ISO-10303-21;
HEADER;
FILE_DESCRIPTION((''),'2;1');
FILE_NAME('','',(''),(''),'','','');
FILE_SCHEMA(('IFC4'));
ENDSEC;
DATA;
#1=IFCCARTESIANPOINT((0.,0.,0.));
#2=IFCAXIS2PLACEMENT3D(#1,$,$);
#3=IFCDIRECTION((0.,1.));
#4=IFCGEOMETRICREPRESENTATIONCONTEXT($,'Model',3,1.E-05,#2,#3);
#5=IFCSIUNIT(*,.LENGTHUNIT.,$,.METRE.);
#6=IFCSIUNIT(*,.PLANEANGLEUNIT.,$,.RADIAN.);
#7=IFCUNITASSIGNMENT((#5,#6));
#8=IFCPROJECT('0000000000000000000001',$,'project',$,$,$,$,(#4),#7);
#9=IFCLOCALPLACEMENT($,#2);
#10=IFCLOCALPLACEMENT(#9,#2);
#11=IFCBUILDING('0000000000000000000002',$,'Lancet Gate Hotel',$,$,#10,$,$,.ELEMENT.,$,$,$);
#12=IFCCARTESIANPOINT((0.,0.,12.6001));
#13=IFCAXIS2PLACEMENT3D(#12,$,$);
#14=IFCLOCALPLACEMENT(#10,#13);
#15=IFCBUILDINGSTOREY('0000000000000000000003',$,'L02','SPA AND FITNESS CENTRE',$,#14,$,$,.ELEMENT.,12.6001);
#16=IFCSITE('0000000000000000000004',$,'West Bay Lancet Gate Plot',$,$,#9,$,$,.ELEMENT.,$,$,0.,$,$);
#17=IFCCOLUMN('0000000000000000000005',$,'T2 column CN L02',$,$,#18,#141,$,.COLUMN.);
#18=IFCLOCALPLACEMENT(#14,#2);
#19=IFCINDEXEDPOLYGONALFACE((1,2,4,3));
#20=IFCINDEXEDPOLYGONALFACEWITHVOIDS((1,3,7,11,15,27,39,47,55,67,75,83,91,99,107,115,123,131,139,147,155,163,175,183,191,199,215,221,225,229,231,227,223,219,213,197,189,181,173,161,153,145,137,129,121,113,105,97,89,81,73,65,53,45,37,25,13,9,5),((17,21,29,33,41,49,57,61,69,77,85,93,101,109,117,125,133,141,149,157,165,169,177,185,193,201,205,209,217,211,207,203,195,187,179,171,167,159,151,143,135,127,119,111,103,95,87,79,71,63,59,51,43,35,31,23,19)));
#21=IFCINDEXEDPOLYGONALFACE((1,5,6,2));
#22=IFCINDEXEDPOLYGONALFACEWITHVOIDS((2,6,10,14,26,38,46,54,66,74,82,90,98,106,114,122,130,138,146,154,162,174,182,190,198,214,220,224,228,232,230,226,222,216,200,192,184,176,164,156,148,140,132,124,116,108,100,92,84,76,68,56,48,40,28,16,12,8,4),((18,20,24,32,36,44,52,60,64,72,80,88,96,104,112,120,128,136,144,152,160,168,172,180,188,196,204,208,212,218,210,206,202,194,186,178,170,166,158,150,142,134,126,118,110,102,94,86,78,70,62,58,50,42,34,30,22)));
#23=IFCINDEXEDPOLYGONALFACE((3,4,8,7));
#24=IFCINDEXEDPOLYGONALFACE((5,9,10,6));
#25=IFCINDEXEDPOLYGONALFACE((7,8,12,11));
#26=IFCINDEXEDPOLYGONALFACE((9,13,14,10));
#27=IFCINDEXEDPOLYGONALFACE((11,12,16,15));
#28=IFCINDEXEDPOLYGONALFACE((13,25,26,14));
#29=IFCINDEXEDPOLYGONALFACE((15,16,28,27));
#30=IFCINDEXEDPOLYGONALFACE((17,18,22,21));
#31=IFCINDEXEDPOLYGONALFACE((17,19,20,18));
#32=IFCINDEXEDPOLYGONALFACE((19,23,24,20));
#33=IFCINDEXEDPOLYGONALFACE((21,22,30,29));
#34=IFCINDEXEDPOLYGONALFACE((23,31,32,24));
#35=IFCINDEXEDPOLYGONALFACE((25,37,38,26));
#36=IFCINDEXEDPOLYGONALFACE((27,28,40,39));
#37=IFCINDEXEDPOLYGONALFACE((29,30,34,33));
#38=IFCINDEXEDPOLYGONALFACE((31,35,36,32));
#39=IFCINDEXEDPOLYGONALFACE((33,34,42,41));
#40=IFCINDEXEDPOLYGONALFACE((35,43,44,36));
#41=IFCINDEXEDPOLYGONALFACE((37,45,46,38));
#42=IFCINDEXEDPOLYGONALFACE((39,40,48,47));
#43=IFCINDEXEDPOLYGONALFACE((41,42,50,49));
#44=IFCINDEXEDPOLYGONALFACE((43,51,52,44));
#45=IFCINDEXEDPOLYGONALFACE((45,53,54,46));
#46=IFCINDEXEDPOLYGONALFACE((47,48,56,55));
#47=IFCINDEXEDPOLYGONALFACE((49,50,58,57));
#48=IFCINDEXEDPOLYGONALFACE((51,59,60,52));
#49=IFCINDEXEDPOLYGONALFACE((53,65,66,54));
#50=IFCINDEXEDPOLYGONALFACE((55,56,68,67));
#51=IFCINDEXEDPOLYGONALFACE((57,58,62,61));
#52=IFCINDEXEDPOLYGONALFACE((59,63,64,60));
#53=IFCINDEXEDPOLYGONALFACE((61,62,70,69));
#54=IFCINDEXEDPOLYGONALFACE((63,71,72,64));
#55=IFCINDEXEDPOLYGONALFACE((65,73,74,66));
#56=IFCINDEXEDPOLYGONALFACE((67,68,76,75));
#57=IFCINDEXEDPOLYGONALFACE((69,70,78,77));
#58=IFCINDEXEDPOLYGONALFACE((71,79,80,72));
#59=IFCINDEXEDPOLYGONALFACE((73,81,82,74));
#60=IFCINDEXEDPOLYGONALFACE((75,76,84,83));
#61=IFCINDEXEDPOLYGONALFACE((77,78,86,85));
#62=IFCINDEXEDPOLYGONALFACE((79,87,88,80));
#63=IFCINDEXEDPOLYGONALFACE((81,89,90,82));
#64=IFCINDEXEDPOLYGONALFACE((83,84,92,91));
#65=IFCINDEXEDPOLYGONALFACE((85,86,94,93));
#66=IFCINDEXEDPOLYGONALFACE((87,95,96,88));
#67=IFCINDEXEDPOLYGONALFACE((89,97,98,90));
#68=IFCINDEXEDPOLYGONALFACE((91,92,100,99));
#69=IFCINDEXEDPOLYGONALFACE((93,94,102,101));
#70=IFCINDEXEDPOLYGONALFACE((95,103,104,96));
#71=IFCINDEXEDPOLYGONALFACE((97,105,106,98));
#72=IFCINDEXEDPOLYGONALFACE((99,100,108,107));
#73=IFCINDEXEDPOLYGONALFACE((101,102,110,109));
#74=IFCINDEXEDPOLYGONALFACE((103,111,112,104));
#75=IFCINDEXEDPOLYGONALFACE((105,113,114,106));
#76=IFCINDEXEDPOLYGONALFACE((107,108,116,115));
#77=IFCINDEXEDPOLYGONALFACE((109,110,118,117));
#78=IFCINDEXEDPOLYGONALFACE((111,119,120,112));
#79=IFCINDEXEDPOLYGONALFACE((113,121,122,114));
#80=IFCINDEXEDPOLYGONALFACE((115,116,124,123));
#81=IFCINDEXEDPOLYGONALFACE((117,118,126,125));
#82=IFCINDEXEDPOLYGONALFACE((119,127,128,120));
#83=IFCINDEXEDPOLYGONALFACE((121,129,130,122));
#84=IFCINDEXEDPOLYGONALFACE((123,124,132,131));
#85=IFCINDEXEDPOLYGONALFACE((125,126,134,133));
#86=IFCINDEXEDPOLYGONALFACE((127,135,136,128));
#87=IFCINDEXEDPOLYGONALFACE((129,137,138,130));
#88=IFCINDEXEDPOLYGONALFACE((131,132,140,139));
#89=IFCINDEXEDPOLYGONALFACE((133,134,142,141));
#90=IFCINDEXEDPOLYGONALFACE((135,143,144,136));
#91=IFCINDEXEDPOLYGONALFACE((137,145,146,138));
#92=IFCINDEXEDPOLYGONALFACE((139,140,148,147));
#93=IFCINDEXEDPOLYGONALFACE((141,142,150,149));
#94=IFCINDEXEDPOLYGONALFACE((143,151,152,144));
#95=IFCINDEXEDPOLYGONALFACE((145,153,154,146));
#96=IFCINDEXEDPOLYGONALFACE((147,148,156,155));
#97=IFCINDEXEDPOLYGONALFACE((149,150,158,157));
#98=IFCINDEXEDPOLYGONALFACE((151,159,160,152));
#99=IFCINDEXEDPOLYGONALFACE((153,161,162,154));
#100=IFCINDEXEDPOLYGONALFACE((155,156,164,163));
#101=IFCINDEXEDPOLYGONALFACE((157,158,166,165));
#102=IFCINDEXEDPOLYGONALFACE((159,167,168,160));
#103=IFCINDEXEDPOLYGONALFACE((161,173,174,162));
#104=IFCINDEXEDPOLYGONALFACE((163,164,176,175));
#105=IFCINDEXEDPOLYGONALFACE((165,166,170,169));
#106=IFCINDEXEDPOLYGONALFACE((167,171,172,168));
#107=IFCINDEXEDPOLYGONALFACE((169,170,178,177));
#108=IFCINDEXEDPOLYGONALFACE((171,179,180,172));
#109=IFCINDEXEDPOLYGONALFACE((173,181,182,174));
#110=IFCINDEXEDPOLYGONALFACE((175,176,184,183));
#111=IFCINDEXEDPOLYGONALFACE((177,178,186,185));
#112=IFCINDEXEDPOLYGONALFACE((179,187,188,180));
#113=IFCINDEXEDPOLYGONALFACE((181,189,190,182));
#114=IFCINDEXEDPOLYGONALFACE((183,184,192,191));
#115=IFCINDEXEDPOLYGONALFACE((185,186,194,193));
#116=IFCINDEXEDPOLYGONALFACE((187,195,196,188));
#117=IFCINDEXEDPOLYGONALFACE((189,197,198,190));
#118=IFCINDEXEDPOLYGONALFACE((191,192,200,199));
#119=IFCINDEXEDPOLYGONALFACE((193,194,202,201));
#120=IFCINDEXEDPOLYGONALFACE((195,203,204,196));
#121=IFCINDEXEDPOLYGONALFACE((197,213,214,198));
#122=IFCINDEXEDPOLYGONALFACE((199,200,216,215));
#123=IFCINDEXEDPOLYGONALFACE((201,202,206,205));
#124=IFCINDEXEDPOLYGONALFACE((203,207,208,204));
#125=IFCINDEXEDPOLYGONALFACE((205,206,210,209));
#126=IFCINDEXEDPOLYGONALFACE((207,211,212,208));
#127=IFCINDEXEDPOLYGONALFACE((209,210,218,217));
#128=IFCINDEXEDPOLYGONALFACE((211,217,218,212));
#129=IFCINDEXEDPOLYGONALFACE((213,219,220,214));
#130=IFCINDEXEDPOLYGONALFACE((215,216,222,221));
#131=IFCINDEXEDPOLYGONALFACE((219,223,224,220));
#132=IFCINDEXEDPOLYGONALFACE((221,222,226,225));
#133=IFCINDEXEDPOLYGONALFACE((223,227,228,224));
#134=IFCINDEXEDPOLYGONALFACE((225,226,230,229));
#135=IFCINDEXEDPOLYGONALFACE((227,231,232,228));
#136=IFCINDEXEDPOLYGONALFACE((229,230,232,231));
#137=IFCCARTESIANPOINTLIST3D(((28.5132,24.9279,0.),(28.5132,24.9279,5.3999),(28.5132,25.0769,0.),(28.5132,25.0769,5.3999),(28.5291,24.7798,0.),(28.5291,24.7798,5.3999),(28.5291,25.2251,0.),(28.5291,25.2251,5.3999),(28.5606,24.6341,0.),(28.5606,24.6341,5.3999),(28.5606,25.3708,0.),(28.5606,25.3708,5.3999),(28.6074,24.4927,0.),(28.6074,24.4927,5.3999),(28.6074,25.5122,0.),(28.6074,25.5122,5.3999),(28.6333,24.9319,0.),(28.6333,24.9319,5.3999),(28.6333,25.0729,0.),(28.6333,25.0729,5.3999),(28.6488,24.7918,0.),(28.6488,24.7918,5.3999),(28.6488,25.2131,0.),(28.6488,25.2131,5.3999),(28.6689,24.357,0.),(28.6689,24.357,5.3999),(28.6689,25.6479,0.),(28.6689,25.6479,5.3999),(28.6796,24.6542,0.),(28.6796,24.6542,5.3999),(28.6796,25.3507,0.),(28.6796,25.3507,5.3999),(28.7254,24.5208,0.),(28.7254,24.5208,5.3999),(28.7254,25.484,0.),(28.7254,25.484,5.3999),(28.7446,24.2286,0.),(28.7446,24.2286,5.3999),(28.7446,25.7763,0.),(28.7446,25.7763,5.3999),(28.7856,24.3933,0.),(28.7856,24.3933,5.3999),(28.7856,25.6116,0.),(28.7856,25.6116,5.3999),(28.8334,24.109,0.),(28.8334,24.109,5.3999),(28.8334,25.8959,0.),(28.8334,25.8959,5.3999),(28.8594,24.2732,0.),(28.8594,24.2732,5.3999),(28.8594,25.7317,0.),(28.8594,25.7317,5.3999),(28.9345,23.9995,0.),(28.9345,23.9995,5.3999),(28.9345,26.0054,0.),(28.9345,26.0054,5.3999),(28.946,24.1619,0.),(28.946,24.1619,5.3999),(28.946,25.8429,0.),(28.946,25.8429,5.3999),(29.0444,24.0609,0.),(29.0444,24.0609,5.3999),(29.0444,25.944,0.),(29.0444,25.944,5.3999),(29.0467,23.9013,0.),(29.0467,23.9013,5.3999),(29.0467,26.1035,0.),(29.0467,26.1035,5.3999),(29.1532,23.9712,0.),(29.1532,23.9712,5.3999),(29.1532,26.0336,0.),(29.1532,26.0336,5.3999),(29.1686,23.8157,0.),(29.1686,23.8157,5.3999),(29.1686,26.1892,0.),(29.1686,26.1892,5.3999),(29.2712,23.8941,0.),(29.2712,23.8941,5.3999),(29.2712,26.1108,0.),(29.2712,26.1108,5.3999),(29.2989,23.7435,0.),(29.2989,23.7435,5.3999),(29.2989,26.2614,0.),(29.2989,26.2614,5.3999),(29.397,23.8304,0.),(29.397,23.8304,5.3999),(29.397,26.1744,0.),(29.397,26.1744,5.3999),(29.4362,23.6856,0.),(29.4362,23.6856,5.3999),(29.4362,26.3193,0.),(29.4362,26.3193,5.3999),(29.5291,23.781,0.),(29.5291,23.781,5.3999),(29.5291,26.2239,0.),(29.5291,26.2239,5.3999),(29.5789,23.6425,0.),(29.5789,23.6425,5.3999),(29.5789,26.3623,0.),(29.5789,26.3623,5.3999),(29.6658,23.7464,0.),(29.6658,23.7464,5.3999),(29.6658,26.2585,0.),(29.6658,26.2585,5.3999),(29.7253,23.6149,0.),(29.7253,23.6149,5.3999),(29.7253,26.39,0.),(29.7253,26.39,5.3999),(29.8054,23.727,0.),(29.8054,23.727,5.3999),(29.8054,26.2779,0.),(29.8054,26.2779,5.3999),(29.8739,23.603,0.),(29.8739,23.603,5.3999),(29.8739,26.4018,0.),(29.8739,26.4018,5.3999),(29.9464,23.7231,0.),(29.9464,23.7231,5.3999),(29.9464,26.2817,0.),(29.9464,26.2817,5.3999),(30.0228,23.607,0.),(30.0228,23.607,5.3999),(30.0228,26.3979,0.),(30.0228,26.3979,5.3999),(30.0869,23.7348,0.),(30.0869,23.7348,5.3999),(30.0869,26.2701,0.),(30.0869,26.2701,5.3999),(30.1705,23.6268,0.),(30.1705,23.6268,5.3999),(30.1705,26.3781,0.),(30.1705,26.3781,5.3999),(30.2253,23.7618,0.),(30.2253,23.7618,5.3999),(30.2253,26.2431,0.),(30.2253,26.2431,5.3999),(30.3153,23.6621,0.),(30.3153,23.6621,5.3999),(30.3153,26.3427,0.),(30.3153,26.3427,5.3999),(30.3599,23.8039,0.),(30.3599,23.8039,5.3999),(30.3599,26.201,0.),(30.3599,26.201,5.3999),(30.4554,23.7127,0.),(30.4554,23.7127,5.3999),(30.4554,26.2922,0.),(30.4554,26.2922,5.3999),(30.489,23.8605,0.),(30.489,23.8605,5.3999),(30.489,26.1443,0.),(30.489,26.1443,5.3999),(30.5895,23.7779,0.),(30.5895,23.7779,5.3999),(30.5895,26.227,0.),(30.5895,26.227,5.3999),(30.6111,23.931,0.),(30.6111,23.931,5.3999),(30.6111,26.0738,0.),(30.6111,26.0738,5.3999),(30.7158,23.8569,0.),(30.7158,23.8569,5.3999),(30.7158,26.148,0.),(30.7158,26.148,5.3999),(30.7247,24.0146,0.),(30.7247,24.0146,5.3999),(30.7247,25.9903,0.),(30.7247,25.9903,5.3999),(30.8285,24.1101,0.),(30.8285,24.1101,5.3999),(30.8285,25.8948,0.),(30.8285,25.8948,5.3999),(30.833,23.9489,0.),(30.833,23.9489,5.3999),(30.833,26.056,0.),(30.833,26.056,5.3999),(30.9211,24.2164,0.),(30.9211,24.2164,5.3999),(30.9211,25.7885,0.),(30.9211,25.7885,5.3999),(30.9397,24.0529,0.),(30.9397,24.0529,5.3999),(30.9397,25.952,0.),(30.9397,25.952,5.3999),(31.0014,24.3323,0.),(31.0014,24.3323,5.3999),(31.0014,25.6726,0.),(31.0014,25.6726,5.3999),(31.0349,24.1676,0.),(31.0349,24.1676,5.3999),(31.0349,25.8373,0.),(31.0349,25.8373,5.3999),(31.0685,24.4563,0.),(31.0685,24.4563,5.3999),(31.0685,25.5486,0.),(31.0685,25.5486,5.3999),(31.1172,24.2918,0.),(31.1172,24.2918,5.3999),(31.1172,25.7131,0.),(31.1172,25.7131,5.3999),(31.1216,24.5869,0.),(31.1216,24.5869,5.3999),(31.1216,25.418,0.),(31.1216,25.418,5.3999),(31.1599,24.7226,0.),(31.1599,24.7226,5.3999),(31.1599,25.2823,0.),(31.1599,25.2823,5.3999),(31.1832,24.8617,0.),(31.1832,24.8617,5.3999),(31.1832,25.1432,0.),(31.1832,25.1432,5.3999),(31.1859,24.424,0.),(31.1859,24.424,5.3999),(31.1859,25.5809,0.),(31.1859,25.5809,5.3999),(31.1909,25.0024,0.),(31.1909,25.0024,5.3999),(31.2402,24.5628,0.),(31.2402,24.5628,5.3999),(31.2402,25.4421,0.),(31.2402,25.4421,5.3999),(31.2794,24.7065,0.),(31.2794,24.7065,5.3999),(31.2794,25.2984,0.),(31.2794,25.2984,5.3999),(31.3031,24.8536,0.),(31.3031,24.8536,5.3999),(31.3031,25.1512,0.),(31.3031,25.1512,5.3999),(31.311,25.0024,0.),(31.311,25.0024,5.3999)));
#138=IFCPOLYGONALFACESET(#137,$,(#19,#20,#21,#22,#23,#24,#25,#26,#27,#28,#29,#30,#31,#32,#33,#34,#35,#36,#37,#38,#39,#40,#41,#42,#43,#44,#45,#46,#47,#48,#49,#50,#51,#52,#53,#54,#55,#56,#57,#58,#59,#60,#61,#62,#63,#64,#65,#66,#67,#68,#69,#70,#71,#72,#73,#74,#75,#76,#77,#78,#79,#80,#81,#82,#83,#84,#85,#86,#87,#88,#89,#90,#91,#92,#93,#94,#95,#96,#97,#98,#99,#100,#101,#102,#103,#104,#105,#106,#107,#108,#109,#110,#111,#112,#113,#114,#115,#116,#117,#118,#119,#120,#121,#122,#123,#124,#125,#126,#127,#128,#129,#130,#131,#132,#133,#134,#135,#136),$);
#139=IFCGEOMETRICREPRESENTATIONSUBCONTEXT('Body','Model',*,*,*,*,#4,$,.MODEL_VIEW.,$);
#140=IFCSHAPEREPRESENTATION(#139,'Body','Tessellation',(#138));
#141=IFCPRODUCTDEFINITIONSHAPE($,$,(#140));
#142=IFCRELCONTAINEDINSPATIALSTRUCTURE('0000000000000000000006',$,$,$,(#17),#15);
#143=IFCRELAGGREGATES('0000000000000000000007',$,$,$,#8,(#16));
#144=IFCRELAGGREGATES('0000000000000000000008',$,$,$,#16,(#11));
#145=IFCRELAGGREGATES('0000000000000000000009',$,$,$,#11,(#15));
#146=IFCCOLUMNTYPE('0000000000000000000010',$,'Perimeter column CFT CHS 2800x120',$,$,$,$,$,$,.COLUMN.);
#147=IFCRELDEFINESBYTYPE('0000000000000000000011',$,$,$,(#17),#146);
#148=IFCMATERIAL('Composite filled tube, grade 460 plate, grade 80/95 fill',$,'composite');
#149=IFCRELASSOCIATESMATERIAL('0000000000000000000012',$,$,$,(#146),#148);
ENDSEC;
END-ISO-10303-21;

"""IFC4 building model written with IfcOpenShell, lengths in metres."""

from ifc_helpers import new_model, si_unit, direction, frame, origin, origin_2d, place, context, subcontext, project, spatial, hollow_circle, extrude, material, material_profile, profile_set, type_object, element, save


model = new_model("IFC4")

# Units and contexts
model_context = context("Model", 3, precision=1e-05, world=origin(), true_north=direction((0.0, 1.0)))
body_context = subcontext(model_context, "Body", "Model", "MODEL_VIEW")
ifc_project = project(units=[si_unit("LENGTHUNIT", "METRE"), si_unit("PLANEANGLEUNIT", "RADIAN")], contexts=[model_context])

# Site, building, storey
site_placement = place(None, origin())
site = spatial("IfcSite", under=ifc_project, at=site_placement, Name="West Bay Lancet Gate Plot", CompositionType="ELEMENT", RefElevation=0.0)
building_placement = place(site_placement, origin())
building = spatial("IfcBuilding", under=site, at=building_placement, Name="Lancet Gate Hotel", CompositionType="ELEMENT")
storey_placement = place(building_placement, frame((0.0, 0.0, 12.6001)))
storey = spatial("IfcBuildingStorey", under=building, at=storey_placement, Name="L02", Description="SPA AND FITNESS CENTRE", CompositionType="ELEMENT", Elevation=12.6001)

# Column
ifc_material_1 = material(Name="Composite filled tube, grade 460 plate, grade 80/95 fill", Category="composite")
ifc_material_profile_1 = material_profile(ifc_material_1, hollow_circle(Radius=1.3999, WallThickness=0.1201, at=origin_2d()), Name="CHS 2800x120")
ifc_profile_set_1 = profile_set([ifc_material_profile_1], Name="Composite filled tube, grade 460 plate, grade 80/95 fill")
column_type = type_object("IfcColumnType", Name="Perimeter column CFT CHS 2800x120", PredefinedType="COLUMN", material=ifc_profile_set_1)
for number, where, z_axis, x_axis, name in (
    (1, (29.9111, 25.0024, 0.0), (0.0, 0.0, 1.0), (1.0, 0.0, 0.0), "T2 column CN L02"),
):
    element("IfcColumn", number, at=place(storey_placement, frame(where, z_axis=z_axis, x_axis=x_axis)), inside=storey, type_object=column_type, Name=name, PredefinedType="COLUMN", context=body_context, shape_type="SweptSolid", body=[
        extrude(hollow_circle(Radius=1.3999, WallThickness=0.1201, at=origin_2d()), origin(), (0.0, 0.0, 1.0), 5.3999),
    ])

save(model, "model.ifc")
